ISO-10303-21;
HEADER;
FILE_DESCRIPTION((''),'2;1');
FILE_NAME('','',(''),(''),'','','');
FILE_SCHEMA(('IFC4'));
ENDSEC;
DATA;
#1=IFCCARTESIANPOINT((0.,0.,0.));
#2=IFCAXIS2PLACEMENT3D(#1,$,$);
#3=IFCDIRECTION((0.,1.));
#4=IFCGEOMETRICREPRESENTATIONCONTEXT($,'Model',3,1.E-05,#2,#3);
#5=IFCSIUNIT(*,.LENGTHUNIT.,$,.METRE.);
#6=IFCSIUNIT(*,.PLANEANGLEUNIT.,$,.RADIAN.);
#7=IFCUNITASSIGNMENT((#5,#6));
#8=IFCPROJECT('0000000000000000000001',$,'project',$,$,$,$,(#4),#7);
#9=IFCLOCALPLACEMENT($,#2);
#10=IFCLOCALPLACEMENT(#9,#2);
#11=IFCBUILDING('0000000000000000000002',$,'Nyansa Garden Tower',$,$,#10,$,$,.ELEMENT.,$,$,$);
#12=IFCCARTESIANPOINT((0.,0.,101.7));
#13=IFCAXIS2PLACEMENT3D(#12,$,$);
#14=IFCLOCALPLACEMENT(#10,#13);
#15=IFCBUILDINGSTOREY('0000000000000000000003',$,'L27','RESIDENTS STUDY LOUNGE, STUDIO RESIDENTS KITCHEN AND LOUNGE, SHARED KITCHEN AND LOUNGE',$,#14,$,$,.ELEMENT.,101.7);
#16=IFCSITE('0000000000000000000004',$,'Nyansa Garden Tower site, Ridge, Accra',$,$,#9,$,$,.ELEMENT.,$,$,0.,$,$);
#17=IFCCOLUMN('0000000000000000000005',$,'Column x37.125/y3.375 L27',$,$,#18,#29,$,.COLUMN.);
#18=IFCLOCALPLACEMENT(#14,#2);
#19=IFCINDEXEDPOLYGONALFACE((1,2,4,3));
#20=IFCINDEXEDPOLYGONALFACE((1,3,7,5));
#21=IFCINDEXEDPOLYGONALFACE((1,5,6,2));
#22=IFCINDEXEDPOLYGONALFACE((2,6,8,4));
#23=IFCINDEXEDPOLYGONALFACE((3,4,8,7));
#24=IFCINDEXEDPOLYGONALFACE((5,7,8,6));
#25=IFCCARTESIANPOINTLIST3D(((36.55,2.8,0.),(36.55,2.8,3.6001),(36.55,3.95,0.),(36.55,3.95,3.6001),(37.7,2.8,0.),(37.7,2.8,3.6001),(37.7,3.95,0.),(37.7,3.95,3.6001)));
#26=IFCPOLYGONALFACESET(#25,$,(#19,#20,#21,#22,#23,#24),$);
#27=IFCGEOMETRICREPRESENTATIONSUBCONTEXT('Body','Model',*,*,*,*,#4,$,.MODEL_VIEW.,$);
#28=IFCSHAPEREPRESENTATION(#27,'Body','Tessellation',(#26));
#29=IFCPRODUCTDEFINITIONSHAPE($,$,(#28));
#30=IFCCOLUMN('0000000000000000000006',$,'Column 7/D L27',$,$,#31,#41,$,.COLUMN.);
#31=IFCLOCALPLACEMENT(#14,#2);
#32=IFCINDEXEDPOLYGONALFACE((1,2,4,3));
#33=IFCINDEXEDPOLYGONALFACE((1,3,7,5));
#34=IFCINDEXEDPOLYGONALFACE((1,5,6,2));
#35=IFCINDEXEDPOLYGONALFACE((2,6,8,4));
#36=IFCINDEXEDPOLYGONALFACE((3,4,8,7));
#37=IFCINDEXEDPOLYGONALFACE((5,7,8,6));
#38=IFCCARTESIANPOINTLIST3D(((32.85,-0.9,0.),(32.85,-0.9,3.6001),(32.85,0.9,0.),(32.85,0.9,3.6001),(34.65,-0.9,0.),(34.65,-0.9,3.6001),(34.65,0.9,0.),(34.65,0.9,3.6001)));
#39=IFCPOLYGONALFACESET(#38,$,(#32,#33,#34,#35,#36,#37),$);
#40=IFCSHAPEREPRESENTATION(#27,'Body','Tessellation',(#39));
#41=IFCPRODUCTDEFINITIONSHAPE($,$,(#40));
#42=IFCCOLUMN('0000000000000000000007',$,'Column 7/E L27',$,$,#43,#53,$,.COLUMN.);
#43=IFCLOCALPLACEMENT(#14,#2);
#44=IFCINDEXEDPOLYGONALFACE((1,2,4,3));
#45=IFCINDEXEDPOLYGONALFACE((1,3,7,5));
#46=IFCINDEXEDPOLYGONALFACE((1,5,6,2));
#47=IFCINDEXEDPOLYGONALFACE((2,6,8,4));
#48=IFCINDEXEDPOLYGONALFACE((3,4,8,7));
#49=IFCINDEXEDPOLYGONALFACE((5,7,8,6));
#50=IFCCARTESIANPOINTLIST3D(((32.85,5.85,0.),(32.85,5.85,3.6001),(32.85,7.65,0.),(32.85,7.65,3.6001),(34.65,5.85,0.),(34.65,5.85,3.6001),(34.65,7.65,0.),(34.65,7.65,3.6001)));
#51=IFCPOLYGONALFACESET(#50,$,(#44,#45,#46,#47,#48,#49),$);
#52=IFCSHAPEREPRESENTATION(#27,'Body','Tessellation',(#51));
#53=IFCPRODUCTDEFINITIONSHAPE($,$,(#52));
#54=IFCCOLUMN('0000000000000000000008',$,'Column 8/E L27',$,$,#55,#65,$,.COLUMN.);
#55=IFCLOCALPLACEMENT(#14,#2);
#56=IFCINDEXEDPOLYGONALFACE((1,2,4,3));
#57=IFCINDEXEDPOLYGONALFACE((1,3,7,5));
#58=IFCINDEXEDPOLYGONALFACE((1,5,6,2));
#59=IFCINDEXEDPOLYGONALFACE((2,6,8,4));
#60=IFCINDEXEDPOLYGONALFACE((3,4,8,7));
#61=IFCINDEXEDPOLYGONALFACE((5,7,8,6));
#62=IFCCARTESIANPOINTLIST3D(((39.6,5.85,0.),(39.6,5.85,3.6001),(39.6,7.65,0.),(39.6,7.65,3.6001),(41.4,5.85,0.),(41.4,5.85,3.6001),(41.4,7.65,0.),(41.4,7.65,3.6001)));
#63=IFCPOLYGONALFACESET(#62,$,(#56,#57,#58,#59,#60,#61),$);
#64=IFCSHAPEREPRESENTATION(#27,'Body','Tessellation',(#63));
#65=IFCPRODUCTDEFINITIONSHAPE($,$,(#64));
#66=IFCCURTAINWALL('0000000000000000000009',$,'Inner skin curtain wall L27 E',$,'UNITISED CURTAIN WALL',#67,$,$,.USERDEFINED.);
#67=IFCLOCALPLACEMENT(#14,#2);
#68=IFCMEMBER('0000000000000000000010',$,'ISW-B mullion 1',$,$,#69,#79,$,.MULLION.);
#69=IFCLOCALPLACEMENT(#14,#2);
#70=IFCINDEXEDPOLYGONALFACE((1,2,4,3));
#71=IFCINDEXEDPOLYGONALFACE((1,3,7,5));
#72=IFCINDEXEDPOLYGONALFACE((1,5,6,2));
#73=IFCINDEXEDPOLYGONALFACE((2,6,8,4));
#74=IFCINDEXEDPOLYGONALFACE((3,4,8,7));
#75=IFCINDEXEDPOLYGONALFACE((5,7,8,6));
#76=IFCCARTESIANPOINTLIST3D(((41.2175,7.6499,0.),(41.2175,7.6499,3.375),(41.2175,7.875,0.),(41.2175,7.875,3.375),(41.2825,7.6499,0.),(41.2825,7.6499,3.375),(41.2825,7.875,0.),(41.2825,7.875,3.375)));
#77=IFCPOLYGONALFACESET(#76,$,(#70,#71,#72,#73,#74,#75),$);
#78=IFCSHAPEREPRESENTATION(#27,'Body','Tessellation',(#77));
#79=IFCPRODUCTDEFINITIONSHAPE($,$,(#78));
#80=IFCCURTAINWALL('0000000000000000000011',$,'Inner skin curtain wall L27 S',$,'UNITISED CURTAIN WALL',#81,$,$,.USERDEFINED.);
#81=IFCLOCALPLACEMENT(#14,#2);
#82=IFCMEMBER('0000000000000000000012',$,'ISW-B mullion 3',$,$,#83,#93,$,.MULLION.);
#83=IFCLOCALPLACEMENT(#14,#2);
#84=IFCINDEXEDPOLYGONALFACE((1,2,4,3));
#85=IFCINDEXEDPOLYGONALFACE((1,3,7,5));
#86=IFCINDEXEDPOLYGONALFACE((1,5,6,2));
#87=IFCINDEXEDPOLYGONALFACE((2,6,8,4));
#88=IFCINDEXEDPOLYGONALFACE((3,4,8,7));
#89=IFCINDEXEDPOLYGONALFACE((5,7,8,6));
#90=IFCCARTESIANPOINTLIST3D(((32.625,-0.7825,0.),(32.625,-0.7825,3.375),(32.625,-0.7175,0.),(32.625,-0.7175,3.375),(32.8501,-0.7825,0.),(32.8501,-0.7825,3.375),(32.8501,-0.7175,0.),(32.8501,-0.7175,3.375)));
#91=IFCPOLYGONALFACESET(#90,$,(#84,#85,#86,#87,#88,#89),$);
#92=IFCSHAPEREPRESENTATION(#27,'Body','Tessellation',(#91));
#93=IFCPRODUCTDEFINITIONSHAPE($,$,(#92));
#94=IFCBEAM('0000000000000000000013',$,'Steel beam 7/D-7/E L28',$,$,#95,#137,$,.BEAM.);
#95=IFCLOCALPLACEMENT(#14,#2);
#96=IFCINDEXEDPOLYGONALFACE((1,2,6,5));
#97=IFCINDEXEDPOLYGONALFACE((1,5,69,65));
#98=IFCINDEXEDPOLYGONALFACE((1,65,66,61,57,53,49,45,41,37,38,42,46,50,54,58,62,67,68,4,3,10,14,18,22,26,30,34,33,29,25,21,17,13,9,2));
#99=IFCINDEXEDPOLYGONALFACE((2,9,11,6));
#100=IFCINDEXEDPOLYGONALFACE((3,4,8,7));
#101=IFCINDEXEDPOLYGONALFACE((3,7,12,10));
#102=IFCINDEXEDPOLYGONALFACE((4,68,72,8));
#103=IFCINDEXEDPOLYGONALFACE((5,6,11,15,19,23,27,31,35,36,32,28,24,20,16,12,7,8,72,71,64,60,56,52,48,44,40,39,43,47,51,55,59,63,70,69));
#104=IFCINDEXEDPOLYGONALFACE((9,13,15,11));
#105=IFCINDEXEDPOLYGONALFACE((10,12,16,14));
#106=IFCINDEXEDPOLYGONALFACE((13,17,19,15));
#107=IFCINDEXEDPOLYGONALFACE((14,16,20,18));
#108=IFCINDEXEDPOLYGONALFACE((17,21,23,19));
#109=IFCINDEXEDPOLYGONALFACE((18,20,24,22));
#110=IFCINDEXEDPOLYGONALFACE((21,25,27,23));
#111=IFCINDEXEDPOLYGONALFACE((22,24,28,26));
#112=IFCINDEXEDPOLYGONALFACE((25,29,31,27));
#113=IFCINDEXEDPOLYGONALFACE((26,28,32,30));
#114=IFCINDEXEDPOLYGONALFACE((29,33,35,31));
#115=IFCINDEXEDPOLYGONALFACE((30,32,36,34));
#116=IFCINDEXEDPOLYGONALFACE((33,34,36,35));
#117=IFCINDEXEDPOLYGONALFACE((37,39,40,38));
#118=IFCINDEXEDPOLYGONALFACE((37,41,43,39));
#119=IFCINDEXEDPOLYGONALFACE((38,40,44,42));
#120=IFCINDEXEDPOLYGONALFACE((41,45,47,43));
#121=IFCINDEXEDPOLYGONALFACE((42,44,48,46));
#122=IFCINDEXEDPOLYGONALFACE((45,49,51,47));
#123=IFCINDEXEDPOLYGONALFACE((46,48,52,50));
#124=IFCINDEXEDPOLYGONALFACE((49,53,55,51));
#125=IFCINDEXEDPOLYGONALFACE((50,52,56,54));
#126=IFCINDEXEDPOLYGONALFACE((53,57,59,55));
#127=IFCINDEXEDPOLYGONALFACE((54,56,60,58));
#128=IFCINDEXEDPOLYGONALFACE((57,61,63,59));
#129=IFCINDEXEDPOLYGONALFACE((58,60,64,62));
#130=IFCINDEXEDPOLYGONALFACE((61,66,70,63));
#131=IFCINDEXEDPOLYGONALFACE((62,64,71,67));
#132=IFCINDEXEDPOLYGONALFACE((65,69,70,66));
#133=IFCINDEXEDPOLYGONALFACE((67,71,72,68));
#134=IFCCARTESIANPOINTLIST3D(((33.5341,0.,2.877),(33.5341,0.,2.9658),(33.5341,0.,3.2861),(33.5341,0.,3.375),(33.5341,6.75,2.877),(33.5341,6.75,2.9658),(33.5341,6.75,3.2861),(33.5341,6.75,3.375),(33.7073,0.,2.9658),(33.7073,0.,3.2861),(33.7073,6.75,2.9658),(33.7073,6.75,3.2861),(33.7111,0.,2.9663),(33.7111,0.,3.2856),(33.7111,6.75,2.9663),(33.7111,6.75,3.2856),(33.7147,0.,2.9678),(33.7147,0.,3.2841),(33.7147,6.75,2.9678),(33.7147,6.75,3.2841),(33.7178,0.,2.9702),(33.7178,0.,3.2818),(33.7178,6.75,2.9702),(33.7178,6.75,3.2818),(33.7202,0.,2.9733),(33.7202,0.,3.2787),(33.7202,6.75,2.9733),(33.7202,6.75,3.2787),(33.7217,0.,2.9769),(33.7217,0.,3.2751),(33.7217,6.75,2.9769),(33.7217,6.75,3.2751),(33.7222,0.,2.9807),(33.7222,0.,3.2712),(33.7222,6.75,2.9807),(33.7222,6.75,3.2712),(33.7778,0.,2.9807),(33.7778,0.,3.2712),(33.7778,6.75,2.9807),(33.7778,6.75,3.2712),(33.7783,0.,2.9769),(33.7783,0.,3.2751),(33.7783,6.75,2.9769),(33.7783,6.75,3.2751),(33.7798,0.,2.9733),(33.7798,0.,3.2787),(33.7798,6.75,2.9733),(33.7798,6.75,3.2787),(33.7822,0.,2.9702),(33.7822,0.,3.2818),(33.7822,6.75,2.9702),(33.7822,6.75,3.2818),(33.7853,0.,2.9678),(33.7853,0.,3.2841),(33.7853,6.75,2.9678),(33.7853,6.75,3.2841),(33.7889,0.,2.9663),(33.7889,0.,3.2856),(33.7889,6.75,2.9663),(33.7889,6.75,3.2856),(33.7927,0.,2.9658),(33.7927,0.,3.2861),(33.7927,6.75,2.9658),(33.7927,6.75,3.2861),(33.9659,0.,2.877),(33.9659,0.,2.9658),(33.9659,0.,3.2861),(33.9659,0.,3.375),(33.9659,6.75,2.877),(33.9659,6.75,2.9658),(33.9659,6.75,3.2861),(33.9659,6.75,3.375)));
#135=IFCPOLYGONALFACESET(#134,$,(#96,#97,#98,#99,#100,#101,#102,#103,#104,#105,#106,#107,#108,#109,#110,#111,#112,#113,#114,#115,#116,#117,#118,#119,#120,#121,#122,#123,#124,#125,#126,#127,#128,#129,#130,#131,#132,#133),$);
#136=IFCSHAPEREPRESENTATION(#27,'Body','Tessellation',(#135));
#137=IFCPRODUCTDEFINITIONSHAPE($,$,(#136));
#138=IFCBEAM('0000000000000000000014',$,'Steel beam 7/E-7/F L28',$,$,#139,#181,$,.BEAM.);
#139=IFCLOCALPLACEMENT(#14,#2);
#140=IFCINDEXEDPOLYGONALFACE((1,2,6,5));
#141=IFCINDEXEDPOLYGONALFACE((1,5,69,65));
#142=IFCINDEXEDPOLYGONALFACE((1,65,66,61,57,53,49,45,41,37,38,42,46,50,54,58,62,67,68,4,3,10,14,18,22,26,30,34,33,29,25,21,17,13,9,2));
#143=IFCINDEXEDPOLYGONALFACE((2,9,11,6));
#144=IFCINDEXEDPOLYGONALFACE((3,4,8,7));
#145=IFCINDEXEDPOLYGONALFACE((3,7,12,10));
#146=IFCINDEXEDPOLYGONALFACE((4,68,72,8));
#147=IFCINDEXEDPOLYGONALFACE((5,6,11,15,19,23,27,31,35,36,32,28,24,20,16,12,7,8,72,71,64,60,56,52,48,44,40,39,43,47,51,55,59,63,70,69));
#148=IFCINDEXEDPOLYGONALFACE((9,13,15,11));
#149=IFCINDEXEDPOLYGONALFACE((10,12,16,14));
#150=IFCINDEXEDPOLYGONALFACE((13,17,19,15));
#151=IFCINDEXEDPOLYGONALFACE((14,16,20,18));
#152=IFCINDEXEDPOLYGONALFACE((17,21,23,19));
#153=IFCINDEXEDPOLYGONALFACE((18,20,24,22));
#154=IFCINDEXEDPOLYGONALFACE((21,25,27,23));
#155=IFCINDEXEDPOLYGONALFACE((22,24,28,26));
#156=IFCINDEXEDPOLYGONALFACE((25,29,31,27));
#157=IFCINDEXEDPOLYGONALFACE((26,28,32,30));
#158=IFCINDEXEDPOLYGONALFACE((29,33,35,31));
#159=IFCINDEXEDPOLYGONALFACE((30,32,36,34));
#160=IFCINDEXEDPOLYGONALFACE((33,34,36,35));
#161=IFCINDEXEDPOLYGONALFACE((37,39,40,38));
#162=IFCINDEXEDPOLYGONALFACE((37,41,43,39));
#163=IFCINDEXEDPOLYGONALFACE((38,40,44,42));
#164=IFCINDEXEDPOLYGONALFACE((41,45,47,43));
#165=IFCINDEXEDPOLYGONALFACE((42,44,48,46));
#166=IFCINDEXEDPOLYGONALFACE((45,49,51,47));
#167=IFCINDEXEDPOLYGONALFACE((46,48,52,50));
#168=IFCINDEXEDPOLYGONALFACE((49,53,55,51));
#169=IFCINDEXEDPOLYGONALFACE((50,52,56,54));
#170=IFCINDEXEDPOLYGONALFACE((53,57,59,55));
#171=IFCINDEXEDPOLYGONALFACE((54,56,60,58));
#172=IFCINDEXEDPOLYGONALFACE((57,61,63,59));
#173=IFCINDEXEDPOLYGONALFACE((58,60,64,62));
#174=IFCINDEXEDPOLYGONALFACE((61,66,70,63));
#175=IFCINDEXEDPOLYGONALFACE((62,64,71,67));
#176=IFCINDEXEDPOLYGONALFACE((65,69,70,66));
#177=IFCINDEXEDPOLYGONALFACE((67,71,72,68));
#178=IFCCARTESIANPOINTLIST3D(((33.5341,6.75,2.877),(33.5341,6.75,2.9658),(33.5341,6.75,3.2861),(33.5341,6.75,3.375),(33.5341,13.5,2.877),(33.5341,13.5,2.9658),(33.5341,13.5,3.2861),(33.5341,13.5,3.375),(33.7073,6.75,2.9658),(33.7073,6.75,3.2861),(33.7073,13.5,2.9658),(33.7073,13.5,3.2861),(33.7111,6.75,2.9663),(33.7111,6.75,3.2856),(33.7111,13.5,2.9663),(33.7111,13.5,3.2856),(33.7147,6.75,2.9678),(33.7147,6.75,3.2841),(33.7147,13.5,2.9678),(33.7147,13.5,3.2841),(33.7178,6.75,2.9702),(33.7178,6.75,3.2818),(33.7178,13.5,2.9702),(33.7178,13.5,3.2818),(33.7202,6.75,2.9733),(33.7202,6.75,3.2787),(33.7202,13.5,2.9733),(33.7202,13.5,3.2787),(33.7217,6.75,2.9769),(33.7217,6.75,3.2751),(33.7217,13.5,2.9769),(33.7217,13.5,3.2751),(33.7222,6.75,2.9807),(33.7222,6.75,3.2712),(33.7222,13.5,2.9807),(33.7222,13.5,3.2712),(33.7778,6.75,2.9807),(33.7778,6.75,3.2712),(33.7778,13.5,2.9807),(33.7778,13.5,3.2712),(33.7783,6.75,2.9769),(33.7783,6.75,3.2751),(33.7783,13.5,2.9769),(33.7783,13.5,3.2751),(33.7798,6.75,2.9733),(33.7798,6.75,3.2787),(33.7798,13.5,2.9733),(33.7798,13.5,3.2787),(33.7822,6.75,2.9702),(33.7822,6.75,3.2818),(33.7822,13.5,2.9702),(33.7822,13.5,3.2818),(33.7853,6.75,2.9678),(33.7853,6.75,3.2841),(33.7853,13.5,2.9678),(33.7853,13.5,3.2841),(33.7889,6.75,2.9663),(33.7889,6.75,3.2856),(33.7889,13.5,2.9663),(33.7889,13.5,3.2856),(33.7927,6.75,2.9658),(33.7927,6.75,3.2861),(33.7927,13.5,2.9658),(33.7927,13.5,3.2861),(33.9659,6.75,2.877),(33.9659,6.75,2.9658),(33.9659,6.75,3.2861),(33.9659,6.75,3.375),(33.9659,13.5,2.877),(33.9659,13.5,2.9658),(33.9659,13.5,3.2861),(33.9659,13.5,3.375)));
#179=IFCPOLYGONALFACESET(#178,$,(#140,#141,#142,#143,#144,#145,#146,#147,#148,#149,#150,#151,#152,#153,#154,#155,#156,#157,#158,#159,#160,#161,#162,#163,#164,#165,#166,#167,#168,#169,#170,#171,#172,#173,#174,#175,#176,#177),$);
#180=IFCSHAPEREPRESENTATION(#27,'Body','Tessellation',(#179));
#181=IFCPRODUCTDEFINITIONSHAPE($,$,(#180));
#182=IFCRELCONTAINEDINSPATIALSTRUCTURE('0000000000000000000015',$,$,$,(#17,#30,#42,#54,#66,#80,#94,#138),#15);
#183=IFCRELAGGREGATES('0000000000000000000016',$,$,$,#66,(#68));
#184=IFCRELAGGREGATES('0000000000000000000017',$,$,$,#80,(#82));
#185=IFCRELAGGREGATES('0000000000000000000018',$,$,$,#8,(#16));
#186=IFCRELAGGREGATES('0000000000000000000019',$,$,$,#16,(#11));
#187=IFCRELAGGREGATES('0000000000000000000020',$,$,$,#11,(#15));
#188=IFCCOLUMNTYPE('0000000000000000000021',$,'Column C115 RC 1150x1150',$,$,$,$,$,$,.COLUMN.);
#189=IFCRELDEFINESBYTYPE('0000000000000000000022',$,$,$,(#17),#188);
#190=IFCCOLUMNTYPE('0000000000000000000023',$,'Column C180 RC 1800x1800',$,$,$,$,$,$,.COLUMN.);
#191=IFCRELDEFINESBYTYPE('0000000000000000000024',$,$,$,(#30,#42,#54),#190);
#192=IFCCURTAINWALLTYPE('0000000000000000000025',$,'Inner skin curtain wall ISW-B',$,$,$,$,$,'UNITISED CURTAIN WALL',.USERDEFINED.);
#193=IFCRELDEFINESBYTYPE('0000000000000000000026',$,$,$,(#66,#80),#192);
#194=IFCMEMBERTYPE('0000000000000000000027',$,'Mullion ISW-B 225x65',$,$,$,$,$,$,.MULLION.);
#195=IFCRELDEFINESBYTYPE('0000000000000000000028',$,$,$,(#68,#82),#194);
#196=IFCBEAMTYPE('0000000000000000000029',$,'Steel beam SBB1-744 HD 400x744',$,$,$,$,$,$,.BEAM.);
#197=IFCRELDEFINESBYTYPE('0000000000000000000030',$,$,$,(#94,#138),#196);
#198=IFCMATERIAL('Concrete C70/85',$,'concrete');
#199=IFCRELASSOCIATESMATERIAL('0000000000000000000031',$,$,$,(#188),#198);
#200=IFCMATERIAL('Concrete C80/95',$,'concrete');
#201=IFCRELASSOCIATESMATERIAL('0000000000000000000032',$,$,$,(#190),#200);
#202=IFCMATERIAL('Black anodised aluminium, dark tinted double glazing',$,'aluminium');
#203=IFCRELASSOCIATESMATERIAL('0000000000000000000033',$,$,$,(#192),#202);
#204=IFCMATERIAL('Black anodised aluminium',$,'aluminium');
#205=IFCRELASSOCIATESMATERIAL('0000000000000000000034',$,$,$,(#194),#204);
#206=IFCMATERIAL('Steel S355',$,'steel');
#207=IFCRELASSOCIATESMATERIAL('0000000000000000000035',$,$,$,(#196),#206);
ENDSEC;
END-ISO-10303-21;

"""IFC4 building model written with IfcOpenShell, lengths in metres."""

from ifc_helpers import new_model, si_unit, direction, frame, origin, origin_2d, place, context, subcontext, project, spatial, rectangle, i_section, extrude, material, material_profile, profile_set, type_object, element, aggregate, save


model = new_model("IFC4")

# Units and contexts
model_context = context("Model", 3, precision=1e-05, world=origin(), true_north=direction((0.0, 1.0)))
body_context = subcontext(model_context, "Body", "Model", "MODEL_VIEW")
ifc_project = project(units=[si_unit("LENGTHUNIT", "METRE"), si_unit("PLANEANGLEUNIT", "RADIAN")], contexts=[model_context])

# Site, building, storey
site_placement = place(None, origin())
site = spatial("IfcSite", under=ifc_project, at=site_placement, Name="Nyansa Garden Tower site, Ridge, Accra", CompositionType="ELEMENT", RefElevation=0.0)
building_placement = place(site_placement, origin())
building = spatial("IfcBuilding", under=site, at=building_placement, Name="Nyansa Garden Tower", CompositionType="ELEMENT")
storey_placement = place(building_placement, frame((0.0, 0.0, 101.7)))
storey = spatial("IfcBuildingStorey", under=building, at=storey_placement, Name="L27", Description="RESIDENTS STUDY LOUNGE, STUDIO RESIDENTS KITCHEN AND LOUNGE, SHARED KITCHEN AND LOUNGE", CompositionType="ELEMENT", Elevation=101.7)

# Columns
ifc_material_1 = material(Name="Concrete C70/85", Category="concrete")
ifc_material_profile_1 = material_profile(ifc_material_1, rectangle(XDim=1.1499, YDim=1.1499, at=origin_2d()), Name="RC 1150x1150")
ifc_profile_set_1 = profile_set([ifc_material_profile_1], Name="Concrete C70/85")
column_type_1 = type_object("IfcColumnType", Name="Column C115 RC 1150x1150", PredefinedType="COLUMN", material=ifc_profile_set_1)
column_placement = place(storey_placement, frame((37.125, 3.375, 0.0), z_axis=(0.0, 0.0, 1.0), x_axis=(1.0, 0.0, 0.0)))
element("IfcColumn", 1, at=column_placement, inside=storey, type_object=column_type_1, Name="Column x37.125/y3.375 L27", PredefinedType="COLUMN", context=body_context, shape_type="SweptSolid", body=[
    extrude(rectangle(XDim=1.1499, YDim=1.1499, at=origin_2d()), origin(), (0.0, 0.0, 1.0), 3.6001),
])
ifc_material_2 = material(Name="Concrete C80/95", Category="concrete")
ifc_material_profile_2 = material_profile(ifc_material_2, rectangle(XDim=1.8, YDim=1.8, at=origin_2d()), Name="RC 1800x1800")
ifc_profile_set_2 = profile_set([ifc_material_profile_2], Name="Concrete C80/95")
column_type_2 = type_object("IfcColumnType", Name="Column C180 RC 1800x1800", PredefinedType="COLUMN", material=ifc_profile_set_2)
for number, where, z_axis, x_axis, name in (
    (2, (33.75, 0.0, 0.0), (0.0, 0.0, 1.0), (1.0, 0.0, 0.0), "Column 7/D L27"),
    (3, (33.75, 6.75, 0.0), (0.0, 0.0, 1.0), (1.0, 0.0, 0.0), "Column 7/E L27"),
    (4, (40.5, 6.75, 0.0), (0.0, 0.0, 1.0), (1.0, 0.0, 0.0), "Column 8/E L27"),
):
    element("IfcColumn", number, at=place(storey_placement, frame(where, z_axis=z_axis, x_axis=x_axis)), inside=storey, type_object=column_type_2, Name=name, PredefinedType="COLUMN", context=body_context, shape_type="SweptSolid", body=[
        extrude(rectangle(XDim=1.8, YDim=1.8, at=origin_2d()), origin(), (0.0, 0.0, 1.0), 3.6001),
    ])

# Curtain walls, members
ifc_material_3 = material(Name="Black anodised aluminium, dark tinted double glazing", Category="aluminium")
curtain_wall_type = type_object("IfcCurtainWallType", Name="Inner skin curtain wall ISW-B", ElementType="UNITISED CURTAIN WALL", PredefinedType="USERDEFINED", material=ifc_material_3)
curtain_wall_1_placement = place(storey_placement, origin())
curtain_wall_1 = element("IfcCurtainWall", 5, at=curtain_wall_1_placement, inside=storey, type_object=curtain_wall_type, Name="Inner skin curtain wall L27 E", ObjectType="UNITISED CURTAIN WALL", PredefinedType="USERDEFINED")
ifc_material_4 = material(Name="Black anodised aluminium", Category="aluminium")
ifc_material_profile_3 = material_profile(ifc_material_4, rectangle(XDim=0.0649, YDim=0.2251, at=origin_2d()), Name="Mullion 225x65")
ifc_profile_set_3 = profile_set([ifc_material_profile_3], Name="Black anodised aluminium")
member_type_1 = type_object("IfcMemberType", Name="Mullion ISW-B 225x65", PredefinedType="MULLION", material=ifc_profile_set_3)
member_1_placement = place(storey_placement, frame((41.25, 7.7625, 0.0), z_axis=(0.0, 0.0, 1.0), x_axis=(-1.0, 0.0, 0.0)))
member_1 = element("IfcMember", 6, at=member_1_placement, type_object=member_type_1, Name="ISW-B mullion 1", PredefinedType="MULLION", context=body_context, shape_type="SweptSolid", body=[
    extrude(rectangle(XDim=0.0649, YDim=0.2251, at=origin_2d()), origin(), (0.0, 0.0, 1.0), 3.375),
])
curtain_wall_2_placement = place(storey_placement, origin())
curtain_wall_2 = element("IfcCurtainWall", 7, at=curtain_wall_2_placement, inside=storey, type_object=curtain_wall_type, Name="Inner skin curtain wall L27 S", ObjectType="UNITISED CURTAIN WALL", PredefinedType="USERDEFINED")
member_2_placement = place(storey_placement, frame((32.7375, -0.75, 0.0), z_axis=(0.0, 0.0, 1.0), x_axis=(0.0, 1.0, 0.0)))
member_2 = element("IfcMember", 8, at=member_2_placement, type_object=member_type_1, Name="ISW-B mullion 3", PredefinedType="MULLION", context=body_context, shape_type="SweptSolid", body=[
    extrude(rectangle(XDim=0.0649, YDim=0.2251, at=origin_2d()), origin(), (0.0, 0.0, 1.0), 3.375),
])

# Beams
ifc_material_5 = material(Name="Steel S355", Category="steel")
ifc_material_profile_4 = material_profile(ifc_material_5, i_section(OverallWidth=0.4319, OverallDepth=0.498, WebThickness=0.0557, FlangeThickness=0.0889, FilletRadius=0.0149, at=origin_2d()), Name="HD 400x744")
ifc_profile_set_4 = profile_set([ifc_material_profile_4], Name="Steel S355")
beam_type_1 = type_object("IfcBeamType", Name="Steel beam SBB1-744 HD 400x744", PredefinedType="BEAM", material=ifc_profile_set_4)
for number, where, z_axis, x_axis, name in (
    (9, (33.75, 0.0, 3.126), (0.0, 1.0, 0.0), (-1.0, 0.0, 0.0), "Steel beam 7/D-7/E L28"),
    (10, (33.75, 6.75, 3.126), (0.0, 1.0, 0.0), (-1.0, 0.0, 0.0), "Steel beam 7/E-7/F L28"),
):
    element("IfcBeam", number, at=place(storey_placement, frame(where, z_axis=z_axis, x_axis=x_axis)), inside=storey, type_object=beam_type_1, Name=name, PredefinedType="BEAM", context=body_context, shape_type="SweptSolid", body=[
        extrude(i_section(OverallWidth=0.4319, OverallDepth=0.498, WebThickness=0.0557, FlangeThickness=0.0889, FilletRadius=0.0149, at=origin_2d()), origin(), (0.0, 0.0, 1.0), 6.75),
    ])

aggregate(curtain_wall_1, [member_1])
aggregate(curtain_wall_2, [member_2])

save(model, "model.ifc")
